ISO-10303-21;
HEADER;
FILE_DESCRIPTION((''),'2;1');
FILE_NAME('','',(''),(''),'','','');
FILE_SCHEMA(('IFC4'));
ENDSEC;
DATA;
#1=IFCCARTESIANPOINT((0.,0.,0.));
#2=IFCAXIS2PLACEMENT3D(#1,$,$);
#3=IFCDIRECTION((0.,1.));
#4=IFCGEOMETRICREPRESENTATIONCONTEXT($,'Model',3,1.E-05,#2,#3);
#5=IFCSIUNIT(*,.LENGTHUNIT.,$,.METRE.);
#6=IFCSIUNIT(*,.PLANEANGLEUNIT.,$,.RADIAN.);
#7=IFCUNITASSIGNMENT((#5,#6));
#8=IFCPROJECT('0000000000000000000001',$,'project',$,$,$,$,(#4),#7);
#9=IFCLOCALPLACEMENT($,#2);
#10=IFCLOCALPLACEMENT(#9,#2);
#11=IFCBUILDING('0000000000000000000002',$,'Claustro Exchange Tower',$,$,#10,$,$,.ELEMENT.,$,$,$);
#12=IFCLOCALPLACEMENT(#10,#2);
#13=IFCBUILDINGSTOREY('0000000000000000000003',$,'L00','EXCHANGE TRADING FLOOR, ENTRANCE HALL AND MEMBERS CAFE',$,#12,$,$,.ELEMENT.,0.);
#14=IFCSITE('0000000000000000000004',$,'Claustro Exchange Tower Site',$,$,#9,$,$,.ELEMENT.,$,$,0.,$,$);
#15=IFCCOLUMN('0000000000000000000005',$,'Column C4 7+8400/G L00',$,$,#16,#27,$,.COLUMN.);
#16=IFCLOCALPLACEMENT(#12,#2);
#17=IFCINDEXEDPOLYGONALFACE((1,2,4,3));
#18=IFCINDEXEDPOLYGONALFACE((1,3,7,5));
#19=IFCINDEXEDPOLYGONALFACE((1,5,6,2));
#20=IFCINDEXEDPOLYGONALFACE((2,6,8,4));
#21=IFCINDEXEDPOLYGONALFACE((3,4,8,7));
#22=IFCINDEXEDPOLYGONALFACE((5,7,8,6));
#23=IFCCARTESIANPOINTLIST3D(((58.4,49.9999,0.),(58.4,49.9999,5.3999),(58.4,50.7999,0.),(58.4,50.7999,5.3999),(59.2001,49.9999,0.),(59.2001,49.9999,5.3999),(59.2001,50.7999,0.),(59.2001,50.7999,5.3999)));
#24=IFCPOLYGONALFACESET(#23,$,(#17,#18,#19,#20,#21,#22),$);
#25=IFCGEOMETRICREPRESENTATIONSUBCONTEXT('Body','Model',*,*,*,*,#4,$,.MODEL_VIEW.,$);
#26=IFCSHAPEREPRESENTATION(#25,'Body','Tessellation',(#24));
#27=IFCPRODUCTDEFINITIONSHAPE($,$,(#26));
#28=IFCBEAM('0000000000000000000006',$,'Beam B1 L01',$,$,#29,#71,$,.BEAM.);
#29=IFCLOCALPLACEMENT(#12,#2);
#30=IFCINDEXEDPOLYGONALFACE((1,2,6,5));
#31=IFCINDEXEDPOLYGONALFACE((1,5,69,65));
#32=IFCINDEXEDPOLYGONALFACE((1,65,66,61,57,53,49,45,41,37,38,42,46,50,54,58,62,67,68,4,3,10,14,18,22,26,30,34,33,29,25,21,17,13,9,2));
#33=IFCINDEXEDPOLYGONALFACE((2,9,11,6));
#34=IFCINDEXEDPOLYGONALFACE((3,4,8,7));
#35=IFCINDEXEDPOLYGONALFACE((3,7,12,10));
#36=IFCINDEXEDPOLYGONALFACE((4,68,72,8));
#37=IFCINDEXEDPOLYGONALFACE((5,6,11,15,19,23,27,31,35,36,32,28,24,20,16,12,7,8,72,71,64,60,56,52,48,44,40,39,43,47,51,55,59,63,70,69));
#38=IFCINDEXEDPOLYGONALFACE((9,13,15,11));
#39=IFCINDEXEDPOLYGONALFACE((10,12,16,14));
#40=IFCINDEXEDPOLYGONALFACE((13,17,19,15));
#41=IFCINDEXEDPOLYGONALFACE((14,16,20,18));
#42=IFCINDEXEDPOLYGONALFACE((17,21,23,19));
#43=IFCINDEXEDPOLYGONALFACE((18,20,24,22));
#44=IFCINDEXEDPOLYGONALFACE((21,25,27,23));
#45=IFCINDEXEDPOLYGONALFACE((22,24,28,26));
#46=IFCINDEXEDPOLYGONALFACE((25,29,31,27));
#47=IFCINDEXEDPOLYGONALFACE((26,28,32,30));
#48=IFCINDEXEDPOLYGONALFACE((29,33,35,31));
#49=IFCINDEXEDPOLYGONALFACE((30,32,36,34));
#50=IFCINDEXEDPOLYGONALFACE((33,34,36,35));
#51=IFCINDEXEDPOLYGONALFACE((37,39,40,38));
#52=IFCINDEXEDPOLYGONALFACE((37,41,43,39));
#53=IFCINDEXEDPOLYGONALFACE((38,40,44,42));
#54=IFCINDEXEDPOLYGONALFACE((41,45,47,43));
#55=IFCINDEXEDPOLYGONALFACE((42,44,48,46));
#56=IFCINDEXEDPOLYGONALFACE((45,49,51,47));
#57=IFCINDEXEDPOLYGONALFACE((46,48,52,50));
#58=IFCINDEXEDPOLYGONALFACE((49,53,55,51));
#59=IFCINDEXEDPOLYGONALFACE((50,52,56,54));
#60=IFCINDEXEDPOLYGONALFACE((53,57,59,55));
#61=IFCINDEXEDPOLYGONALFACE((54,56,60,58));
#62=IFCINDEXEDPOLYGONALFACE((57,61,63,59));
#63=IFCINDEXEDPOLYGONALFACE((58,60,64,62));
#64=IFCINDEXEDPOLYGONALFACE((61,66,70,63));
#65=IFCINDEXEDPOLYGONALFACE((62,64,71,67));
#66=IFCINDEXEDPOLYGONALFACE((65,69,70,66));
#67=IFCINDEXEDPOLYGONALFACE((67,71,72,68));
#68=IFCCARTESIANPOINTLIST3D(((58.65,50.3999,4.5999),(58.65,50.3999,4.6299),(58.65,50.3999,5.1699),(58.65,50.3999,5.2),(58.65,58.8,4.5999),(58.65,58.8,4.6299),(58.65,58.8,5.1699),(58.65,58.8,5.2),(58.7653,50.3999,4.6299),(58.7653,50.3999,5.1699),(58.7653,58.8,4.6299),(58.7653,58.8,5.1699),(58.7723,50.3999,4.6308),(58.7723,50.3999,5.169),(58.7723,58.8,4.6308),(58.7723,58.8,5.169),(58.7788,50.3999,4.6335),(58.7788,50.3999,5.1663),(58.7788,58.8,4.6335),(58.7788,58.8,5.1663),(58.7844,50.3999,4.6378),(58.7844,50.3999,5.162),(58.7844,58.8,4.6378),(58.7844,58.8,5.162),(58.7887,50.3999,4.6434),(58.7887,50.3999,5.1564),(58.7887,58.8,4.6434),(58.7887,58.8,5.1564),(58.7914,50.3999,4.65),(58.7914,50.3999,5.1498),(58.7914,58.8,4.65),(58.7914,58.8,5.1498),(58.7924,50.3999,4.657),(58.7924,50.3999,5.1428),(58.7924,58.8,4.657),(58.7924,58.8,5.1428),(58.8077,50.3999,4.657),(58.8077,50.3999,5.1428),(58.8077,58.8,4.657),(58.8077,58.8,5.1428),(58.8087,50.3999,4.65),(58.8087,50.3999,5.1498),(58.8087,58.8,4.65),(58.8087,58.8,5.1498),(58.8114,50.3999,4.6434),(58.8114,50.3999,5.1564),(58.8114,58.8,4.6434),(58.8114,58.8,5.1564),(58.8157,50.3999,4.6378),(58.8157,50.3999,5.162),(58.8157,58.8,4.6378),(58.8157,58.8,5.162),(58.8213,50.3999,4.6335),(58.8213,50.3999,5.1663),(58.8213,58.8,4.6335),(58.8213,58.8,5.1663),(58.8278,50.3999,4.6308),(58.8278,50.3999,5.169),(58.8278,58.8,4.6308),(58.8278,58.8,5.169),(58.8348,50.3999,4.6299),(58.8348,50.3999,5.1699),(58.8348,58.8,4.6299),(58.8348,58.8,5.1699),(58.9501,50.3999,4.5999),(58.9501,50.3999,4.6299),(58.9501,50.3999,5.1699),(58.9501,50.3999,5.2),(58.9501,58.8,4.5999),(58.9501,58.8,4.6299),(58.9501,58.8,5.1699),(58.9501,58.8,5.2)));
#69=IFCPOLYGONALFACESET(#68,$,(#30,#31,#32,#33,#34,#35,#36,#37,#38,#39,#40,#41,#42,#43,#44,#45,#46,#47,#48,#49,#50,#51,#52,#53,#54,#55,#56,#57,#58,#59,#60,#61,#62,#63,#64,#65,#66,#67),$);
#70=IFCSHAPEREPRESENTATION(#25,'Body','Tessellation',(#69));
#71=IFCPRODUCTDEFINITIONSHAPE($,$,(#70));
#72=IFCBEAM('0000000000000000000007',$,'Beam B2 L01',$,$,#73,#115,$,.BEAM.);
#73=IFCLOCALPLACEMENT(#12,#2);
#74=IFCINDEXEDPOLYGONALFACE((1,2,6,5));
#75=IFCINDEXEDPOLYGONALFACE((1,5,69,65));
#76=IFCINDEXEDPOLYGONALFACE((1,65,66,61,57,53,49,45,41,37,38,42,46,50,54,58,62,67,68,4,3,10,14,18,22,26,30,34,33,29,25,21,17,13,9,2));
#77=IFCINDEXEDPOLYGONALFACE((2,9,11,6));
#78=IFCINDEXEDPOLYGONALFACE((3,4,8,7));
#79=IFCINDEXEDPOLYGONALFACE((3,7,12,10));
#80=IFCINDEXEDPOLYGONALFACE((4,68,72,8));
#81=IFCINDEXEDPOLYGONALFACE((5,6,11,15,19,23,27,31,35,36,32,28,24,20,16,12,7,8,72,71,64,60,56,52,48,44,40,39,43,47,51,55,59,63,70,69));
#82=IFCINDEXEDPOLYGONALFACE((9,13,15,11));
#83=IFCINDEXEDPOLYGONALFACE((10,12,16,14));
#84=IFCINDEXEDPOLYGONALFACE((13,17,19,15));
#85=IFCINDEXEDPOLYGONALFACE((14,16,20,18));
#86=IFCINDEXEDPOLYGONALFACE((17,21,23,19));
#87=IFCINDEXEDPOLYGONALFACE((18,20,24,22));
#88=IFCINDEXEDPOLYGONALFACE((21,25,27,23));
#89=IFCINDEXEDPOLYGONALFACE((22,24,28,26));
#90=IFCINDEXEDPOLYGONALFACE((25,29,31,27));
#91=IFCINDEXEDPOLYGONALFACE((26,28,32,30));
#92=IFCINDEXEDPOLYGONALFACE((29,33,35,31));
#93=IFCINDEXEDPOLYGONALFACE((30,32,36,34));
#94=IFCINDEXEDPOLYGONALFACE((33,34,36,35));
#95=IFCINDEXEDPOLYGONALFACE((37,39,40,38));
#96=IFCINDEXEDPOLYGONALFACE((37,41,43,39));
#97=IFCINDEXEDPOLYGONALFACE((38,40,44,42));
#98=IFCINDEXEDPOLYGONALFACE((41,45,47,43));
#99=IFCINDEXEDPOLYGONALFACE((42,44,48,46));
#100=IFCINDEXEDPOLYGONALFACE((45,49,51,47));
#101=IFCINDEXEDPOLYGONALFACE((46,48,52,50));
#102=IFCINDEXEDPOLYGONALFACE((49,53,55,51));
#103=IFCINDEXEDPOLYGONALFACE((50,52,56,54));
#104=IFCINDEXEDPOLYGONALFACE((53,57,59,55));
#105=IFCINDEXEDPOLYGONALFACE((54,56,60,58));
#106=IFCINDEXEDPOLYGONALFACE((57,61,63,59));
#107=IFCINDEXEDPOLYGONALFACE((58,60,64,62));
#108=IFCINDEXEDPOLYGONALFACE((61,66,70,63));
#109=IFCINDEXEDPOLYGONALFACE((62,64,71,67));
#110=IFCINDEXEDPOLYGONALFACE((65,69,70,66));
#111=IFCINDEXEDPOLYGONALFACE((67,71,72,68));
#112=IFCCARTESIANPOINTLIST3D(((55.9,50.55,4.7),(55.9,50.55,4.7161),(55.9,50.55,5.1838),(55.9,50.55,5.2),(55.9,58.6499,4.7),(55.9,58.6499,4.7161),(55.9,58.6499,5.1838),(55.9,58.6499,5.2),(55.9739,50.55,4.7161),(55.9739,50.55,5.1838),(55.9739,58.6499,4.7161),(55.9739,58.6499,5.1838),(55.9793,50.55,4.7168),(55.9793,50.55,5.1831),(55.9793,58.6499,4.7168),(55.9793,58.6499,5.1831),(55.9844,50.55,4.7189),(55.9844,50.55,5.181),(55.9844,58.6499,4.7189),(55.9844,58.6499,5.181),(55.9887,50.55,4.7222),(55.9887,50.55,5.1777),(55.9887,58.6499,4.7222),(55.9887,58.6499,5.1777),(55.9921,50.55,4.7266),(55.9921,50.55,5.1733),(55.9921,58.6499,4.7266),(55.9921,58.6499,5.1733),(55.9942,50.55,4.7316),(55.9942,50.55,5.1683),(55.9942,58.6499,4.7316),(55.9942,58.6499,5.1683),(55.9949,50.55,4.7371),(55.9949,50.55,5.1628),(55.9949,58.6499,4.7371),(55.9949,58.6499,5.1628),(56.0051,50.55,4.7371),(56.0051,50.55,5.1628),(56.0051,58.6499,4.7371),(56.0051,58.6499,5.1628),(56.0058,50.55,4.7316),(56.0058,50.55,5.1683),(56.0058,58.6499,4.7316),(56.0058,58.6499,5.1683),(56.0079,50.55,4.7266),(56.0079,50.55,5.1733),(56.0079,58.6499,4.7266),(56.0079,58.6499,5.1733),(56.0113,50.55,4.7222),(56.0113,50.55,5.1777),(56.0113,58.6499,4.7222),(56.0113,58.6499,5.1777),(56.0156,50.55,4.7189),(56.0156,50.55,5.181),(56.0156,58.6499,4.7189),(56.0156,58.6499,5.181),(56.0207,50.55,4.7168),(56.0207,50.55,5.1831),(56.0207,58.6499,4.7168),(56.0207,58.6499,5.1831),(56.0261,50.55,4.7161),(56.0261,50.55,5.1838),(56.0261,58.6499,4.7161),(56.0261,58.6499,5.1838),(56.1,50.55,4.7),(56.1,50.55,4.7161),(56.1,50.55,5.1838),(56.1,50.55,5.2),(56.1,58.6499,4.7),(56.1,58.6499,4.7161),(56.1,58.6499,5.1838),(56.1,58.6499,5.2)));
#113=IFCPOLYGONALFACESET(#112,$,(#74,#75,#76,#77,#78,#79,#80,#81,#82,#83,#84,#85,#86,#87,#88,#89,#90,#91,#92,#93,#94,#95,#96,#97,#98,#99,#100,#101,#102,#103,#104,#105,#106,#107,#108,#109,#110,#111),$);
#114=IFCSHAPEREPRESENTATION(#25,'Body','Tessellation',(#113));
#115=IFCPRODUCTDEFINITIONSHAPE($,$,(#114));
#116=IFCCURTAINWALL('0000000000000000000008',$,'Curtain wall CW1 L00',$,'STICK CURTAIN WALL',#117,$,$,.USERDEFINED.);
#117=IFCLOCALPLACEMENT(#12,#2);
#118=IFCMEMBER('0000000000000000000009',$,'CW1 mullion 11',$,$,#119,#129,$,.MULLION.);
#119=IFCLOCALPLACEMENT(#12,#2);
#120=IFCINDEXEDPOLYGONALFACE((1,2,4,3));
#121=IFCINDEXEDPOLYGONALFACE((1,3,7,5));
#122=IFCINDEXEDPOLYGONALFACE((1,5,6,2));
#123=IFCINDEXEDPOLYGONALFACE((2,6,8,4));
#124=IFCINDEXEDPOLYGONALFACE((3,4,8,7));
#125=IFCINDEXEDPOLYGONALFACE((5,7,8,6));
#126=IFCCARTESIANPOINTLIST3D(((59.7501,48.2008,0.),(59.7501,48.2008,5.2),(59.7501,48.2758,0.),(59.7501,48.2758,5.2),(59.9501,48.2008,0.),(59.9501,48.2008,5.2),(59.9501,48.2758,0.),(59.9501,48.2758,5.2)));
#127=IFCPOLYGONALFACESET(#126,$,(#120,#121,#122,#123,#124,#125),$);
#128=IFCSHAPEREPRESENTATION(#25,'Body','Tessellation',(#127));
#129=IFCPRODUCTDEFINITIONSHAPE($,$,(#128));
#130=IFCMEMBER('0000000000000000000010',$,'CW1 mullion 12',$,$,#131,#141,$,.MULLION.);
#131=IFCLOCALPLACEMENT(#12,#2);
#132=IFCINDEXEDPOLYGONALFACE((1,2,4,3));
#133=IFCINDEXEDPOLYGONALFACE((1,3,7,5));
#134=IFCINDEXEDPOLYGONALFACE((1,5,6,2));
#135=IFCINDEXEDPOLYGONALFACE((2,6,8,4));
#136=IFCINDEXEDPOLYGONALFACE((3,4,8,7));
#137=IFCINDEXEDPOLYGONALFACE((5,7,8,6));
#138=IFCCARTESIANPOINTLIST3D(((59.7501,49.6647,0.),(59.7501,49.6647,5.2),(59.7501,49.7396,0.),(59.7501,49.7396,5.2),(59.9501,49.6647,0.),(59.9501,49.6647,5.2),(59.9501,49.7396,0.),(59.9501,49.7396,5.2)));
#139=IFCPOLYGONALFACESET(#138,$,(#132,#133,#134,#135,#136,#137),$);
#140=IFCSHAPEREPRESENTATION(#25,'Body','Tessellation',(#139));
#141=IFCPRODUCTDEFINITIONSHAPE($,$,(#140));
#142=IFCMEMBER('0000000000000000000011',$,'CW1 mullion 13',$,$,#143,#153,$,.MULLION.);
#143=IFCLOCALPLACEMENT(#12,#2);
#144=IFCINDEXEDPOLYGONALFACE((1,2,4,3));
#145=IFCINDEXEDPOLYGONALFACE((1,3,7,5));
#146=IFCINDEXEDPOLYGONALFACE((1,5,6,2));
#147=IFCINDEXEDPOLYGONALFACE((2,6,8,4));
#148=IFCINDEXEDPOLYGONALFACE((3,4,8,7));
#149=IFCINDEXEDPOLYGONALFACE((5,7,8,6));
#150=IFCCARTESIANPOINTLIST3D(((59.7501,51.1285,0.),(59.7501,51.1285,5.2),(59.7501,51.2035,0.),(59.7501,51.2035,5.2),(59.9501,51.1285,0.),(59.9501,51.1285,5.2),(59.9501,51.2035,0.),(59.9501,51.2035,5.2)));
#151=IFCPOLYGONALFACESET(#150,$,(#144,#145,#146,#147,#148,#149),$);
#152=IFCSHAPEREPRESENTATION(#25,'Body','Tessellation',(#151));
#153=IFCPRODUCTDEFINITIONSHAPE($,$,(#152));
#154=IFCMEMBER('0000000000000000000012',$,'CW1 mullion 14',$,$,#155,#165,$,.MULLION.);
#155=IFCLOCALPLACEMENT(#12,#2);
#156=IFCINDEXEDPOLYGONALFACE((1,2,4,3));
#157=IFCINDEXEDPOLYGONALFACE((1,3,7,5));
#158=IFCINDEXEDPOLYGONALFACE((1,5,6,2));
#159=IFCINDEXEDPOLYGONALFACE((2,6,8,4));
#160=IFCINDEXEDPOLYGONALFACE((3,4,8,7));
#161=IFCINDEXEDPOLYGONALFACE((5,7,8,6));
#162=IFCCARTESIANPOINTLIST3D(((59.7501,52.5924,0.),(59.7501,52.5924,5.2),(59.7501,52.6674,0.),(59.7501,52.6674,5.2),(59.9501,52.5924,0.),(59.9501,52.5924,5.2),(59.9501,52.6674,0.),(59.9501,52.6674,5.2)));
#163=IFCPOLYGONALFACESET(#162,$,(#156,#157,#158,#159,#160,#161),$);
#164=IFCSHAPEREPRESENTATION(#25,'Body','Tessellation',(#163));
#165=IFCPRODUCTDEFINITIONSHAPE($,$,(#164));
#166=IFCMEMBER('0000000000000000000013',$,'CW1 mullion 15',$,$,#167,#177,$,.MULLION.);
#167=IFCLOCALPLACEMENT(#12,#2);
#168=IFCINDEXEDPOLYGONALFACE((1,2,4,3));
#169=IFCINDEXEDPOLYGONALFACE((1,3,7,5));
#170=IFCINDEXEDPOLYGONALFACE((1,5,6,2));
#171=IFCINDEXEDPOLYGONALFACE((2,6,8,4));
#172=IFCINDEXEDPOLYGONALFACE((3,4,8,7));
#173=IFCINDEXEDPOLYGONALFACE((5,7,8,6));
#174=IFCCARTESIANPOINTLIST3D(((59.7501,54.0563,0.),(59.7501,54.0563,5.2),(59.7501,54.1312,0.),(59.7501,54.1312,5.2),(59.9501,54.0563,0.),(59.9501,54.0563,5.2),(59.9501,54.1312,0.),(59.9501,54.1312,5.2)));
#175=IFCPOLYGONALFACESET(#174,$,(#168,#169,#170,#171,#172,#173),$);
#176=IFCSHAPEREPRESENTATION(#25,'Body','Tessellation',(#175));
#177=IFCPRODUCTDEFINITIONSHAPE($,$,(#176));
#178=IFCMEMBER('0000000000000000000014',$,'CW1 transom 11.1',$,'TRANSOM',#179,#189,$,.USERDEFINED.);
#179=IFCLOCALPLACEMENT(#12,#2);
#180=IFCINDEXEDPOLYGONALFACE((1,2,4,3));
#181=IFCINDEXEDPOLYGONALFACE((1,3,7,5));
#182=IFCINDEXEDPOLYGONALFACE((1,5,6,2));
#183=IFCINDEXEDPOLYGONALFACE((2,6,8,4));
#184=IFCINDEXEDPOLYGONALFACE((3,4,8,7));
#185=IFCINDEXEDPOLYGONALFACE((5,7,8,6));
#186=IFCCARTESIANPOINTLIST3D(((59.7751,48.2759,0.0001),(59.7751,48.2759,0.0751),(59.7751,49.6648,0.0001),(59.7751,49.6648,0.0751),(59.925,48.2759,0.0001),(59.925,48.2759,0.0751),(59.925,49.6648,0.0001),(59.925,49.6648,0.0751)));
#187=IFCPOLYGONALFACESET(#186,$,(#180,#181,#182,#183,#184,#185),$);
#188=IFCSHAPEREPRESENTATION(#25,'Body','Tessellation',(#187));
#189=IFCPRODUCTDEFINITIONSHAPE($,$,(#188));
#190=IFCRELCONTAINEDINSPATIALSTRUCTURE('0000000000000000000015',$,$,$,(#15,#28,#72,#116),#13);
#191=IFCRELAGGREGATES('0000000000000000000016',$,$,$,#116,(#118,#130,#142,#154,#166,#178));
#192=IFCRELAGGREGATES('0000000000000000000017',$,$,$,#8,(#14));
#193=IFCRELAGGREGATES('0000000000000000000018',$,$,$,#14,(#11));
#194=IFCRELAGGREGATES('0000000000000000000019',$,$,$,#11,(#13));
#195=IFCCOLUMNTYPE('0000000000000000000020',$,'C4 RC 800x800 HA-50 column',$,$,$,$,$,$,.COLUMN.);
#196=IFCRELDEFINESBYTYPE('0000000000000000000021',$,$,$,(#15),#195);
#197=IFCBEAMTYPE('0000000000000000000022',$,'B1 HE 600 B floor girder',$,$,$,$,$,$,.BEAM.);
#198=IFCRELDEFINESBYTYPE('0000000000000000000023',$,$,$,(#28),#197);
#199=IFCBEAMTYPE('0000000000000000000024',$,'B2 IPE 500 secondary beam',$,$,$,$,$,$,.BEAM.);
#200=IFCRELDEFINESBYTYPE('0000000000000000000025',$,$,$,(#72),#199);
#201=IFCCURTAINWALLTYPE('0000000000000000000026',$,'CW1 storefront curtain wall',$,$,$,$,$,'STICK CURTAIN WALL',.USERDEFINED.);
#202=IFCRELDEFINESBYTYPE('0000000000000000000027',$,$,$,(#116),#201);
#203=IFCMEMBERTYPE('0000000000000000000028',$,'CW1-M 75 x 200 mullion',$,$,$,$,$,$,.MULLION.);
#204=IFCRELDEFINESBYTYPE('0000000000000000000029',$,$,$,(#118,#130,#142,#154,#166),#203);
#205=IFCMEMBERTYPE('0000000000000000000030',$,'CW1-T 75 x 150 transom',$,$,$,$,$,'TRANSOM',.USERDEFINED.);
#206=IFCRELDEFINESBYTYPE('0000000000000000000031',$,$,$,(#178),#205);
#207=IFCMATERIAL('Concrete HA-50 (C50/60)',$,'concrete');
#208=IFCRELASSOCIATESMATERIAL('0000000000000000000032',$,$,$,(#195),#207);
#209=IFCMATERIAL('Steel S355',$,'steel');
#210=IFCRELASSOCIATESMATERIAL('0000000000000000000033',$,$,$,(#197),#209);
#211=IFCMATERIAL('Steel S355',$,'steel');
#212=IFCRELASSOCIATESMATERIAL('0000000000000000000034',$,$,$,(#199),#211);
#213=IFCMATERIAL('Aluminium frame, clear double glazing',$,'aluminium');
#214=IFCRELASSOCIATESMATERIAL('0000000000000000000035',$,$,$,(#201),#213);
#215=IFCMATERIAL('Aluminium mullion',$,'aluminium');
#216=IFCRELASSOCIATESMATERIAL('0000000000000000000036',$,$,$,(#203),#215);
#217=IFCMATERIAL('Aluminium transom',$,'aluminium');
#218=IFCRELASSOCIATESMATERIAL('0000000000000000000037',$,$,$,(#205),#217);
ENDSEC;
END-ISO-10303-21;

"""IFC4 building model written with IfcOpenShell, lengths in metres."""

from ifc_helpers import new_model, si_unit, direction, frame, origin, origin_2d, place, context, subcontext, project, spatial, rectangle, i_section, extrude, material, material_profile, profile_set, type_object, element, aggregate, save


model = new_model("IFC4")

# Units and contexts
model_context = context("Model", 3, precision=1e-05, world=origin(), true_north=direction((0.0, 1.0)))
body_context = subcontext(model_context, "Body", "Model", "MODEL_VIEW")
ifc_project = project(units=[si_unit("LENGTHUNIT", "METRE"), si_unit("PLANEANGLEUNIT", "RADIAN")], contexts=[model_context])

# Site, building, storey
site_placement = place(None, origin())
site = spatial("IfcSite", under=ifc_project, at=site_placement, Name="Claustro Exchange Tower Site", CompositionType="ELEMENT", RefElevation=0.0)
building_placement = place(site_placement, origin())
building = spatial("IfcBuilding", under=site, at=building_placement, Name="Claustro Exchange Tower", CompositionType="ELEMENT")
storey_placement = place(building_placement, origin())
storey = spatial("IfcBuildingStorey", under=building, at=storey_placement, Name="L00", Description="EXCHANGE TRADING FLOOR, ENTRANCE HALL AND MEMBERS CAFE", CompositionType="ELEMENT", Elevation=0.0)

# Column
ifc_material_1 = material(Name="Concrete HA-50 (C50/60)", Category="concrete")
ifc_material_profile_1 = material_profile(ifc_material_1, rectangle(XDim=0.8, YDim=0.8, at=origin_2d()), Name="RC 800x800")
ifc_profile_set_1 = profile_set([ifc_material_profile_1], Name="Concrete HA-50 (C50/60)")
column_type = type_object("IfcColumnType", Name="C4 RC 800x800 HA-50 column", PredefinedType="COLUMN", material=ifc_profile_set_1)
column_placement = place(storey_placement, frame((58.8, 50.3999, 0.0), z_axis=(0.0, 0.0, 1.0), x_axis=(1.0, 0.0, 0.0)))
element("IfcColumn", 1, at=column_placement, inside=storey, type_object=column_type, Name="Column C4 7+8400/G L00", PredefinedType="COLUMN", context=body_context, shape_type="SweptSolid", body=[
    extrude(rectangle(XDim=0.8, YDim=0.8, at=origin_2d()), origin(), (0.0, 0.0, 1.0), 5.3999),
])

# Beams
ifc_material_2 = material(Name="Steel S355", Category="steel")
ifc_material_profile_2 = material_profile(ifc_material_2, i_section(OverallWidth=0.3, OverallDepth=0.6001, WebThickness=0.0154, FlangeThickness=0.03, FilletRadius=0.0271, at=origin_2d()), Name="HE 600 B")
ifc_profile_set_2 = profile_set([ifc_material_profile_2], Name="Steel S355")
beam_type_1 = type_object("IfcBeamType", Name="B1 HE 600 B floor girder", PredefinedType="BEAM", material=ifc_profile_set_2)
beam_1_placement = place(storey_placement, frame((58.8, 50.3999, 4.8999), z_axis=(0.0, 1.0, 0.0), x_axis=(-1.0, 0.0, 0.0)))
element("IfcBeam", 2, at=beam_1_placement, inside=storey, type_object=beam_type_1, Name="Beam B1 L01", PredefinedType="BEAM", context=body_context, shape_type="SweptSolid", body=[
    extrude(i_section(OverallWidth=0.3, OverallDepth=0.6001, WebThickness=0.0154, FlangeThickness=0.03, FilletRadius=0.0271, at=origin_2d()), origin(), (0.0, 0.0, 1.0), 8.4001),
])
ifc_material_3 = material(Name="Steel S355", Category="steel")
ifc_material_profile_3 = material_profile(ifc_material_3, i_section(OverallWidth=0.2, OverallDepth=0.5, WebThickness=0.0103, FlangeThickness=0.0161, FilletRadius=0.021, at=origin_2d()), Name="IPE 500")
ifc_profile_set_3 = profile_set([ifc_material_profile_3], Name="Steel S355")
beam_type_2 = type_object("IfcBeamType", Name="B2 IPE 500 secondary beam", PredefinedType="BEAM", material=ifc_profile_set_3)
beam_2_placement = place(storey_placement, frame((56.0, 50.55, 4.95), z_axis=(0.0, 1.0, 0.0), x_axis=(-1.0, 0.0, 0.0)))
element("IfcBeam", 3, at=beam_2_placement, inside=storey, type_object=beam_type_2, Name="Beam B2 L01", PredefinedType="BEAM", context=body_context, shape_type="SweptSolid", body=[
    extrude(i_section(OverallWidth=0.2, OverallDepth=0.5, WebThickness=0.0103, FlangeThickness=0.0161, FilletRadius=0.021, at=origin_2d()), origin(), (0.0, 0.0, 1.0), 8.0999),
])

# Curtain wall, members
ifc_material_4 = material(Name="Aluminium frame, clear double glazing", Category="aluminium")
curtain_wall_type = type_object("IfcCurtainWallType", Name="CW1 storefront curtain wall", ElementType="STICK CURTAIN WALL", PredefinedType="USERDEFINED", material=ifc_material_4)
curtain_wall_placement = place(storey_placement, origin())
curtain_wall = element("IfcCurtainWall", 4, at=curtain_wall_placement, inside=storey, type_object=curtain_wall_type, Name="Curtain wall CW1 L00", ObjectType="STICK CURTAIN WALL", PredefinedType="USERDEFINED")
ifc_material_5 = material(Name="Aluminium mullion", Category="aluminium")
ifc_material_profile_4 = material_profile(ifc_material_5, rectangle(XDim=0.2, YDim=0.075, at=origin_2d()), Name="CW1-M 75x200")
ifc_profile_set_4 = profile_set([ifc_material_profile_4], Name="Aluminium mullion")
member_type_1 = type_object("IfcMemberType", Name="CW1-M 75 x 200 mullion", PredefinedType="MULLION", material=ifc_profile_set_4)
member_1_placement = place(storey_placement, frame((59.8501, 48.2383, 0.0), z_axis=(0.0, 0.0, 1.0), x_axis=(-1.0, 0.0, 0.0)))
member_1 = element("IfcMember", 5, at=member_1_placement, type_object=member_type_1, Name="CW1 mullion 11", PredefinedType="MULLION", context=body_context, shape_type="SweptSolid", body=[
    extrude(rectangle(XDim=0.2, YDim=0.075, at=origin_2d()), origin(), (0.0, 0.0, 1.0), 5.2),
])
member_2_placement = place(storey_placement, frame((59.8501, 49.7021, 0.0), z_axis=(0.0, 0.0, 1.0), x_axis=(-1.0, 0.0, 0.0)))
member_2 = element("IfcMember", 6, at=member_2_placement, type_object=member_type_1, Name="CW1 mullion 12", PredefinedType="MULLION", context=body_context, shape_type="SweptSolid", body=[
    extrude(rectangle(XDim=0.2, YDim=0.075, at=origin_2d()), origin(), (0.0, 0.0, 1.0), 5.2),
])
member_3_placement = place(storey_placement, frame((59.8501, 51.166, 0.0), z_axis=(0.0, 0.0, 1.0), x_axis=(-1.0, 0.0, 0.0)))
member_3 = element("IfcMember", 7, at=member_3_placement, type_object=member_type_1, Name="CW1 mullion 13", PredefinedType="MULLION", context=body_context, shape_type="SweptSolid", body=[
    extrude(rectangle(XDim=0.2, YDim=0.075, at=origin_2d()), origin(), (0.0, 0.0, 1.0), 5.2),
])
member_4_placement = place(storey_placement, frame((59.8501, 52.6299, 0.0), z_axis=(0.0, 0.0, 1.0), x_axis=(-1.0, 0.0, 0.0)))
member_4 = element("IfcMember", 8, at=member_4_placement, type_object=member_type_1, Name="CW1 mullion 14", PredefinedType="MULLION", context=body_context, shape_type="SweptSolid", body=[
    extrude(rectangle(XDim=0.2, YDim=0.075, at=origin_2d()), origin(), (0.0, 0.0, 1.0), 5.2),
])
member_5_placement = place(storey_placement, frame((59.8501, 54.0938, 0.0), z_axis=(0.0, 0.0, 1.0), x_axis=(-1.0, 0.0, 0.0)))
member_5 = element("IfcMember", 9, at=member_5_placement, type_object=member_type_1, Name="CW1 mullion 15", PredefinedType="MULLION", context=body_context, shape_type="SweptSolid", body=[
    extrude(rectangle(XDim=0.2, YDim=0.075, at=origin_2d()), origin(), (0.0, 0.0, 1.0), 5.2),
])
ifc_material_6 = material(Name="Aluminium transom", Category="aluminium")
ifc_material_profile_5 = material_profile(ifc_material_6, rectangle(XDim=0.1499, YDim=0.075, at=origin_2d()), Name="CW1-T 75x150")
ifc_profile_set_5 = profile_set([ifc_material_profile_5], Name="Aluminium transom")
member_type_2 = type_object("IfcMemberType", Name="CW1-T 75 x 150 transom", ElementType="TRANSOM", PredefinedType="USERDEFINED", material=ifc_profile_set_5)
member_6_placement = place(storey_placement, frame((59.8501, 48.2759, 0.0376), z_axis=(0.0, 1.0, 0.0), x_axis=(-1.0, 0.0, 0.0)))
member_6 = element("IfcMember", 10, at=member_6_placement, type_object=member_type_2, Name="CW1 transom 11.1", ObjectType="TRANSOM", PredefinedType="USERDEFINED", context=body_context, shape_type="SweptSolid", body=[
    extrude(rectangle(XDim=0.1499, YDim=0.075, at=origin_2d()), origin(), (0.0, 0.0, 1.0), 1.3889),
])
aggregate(curtain_wall, [member_1, member_2, member_3, member_4, member_5, member_6])

save(model, "model.ifc")
